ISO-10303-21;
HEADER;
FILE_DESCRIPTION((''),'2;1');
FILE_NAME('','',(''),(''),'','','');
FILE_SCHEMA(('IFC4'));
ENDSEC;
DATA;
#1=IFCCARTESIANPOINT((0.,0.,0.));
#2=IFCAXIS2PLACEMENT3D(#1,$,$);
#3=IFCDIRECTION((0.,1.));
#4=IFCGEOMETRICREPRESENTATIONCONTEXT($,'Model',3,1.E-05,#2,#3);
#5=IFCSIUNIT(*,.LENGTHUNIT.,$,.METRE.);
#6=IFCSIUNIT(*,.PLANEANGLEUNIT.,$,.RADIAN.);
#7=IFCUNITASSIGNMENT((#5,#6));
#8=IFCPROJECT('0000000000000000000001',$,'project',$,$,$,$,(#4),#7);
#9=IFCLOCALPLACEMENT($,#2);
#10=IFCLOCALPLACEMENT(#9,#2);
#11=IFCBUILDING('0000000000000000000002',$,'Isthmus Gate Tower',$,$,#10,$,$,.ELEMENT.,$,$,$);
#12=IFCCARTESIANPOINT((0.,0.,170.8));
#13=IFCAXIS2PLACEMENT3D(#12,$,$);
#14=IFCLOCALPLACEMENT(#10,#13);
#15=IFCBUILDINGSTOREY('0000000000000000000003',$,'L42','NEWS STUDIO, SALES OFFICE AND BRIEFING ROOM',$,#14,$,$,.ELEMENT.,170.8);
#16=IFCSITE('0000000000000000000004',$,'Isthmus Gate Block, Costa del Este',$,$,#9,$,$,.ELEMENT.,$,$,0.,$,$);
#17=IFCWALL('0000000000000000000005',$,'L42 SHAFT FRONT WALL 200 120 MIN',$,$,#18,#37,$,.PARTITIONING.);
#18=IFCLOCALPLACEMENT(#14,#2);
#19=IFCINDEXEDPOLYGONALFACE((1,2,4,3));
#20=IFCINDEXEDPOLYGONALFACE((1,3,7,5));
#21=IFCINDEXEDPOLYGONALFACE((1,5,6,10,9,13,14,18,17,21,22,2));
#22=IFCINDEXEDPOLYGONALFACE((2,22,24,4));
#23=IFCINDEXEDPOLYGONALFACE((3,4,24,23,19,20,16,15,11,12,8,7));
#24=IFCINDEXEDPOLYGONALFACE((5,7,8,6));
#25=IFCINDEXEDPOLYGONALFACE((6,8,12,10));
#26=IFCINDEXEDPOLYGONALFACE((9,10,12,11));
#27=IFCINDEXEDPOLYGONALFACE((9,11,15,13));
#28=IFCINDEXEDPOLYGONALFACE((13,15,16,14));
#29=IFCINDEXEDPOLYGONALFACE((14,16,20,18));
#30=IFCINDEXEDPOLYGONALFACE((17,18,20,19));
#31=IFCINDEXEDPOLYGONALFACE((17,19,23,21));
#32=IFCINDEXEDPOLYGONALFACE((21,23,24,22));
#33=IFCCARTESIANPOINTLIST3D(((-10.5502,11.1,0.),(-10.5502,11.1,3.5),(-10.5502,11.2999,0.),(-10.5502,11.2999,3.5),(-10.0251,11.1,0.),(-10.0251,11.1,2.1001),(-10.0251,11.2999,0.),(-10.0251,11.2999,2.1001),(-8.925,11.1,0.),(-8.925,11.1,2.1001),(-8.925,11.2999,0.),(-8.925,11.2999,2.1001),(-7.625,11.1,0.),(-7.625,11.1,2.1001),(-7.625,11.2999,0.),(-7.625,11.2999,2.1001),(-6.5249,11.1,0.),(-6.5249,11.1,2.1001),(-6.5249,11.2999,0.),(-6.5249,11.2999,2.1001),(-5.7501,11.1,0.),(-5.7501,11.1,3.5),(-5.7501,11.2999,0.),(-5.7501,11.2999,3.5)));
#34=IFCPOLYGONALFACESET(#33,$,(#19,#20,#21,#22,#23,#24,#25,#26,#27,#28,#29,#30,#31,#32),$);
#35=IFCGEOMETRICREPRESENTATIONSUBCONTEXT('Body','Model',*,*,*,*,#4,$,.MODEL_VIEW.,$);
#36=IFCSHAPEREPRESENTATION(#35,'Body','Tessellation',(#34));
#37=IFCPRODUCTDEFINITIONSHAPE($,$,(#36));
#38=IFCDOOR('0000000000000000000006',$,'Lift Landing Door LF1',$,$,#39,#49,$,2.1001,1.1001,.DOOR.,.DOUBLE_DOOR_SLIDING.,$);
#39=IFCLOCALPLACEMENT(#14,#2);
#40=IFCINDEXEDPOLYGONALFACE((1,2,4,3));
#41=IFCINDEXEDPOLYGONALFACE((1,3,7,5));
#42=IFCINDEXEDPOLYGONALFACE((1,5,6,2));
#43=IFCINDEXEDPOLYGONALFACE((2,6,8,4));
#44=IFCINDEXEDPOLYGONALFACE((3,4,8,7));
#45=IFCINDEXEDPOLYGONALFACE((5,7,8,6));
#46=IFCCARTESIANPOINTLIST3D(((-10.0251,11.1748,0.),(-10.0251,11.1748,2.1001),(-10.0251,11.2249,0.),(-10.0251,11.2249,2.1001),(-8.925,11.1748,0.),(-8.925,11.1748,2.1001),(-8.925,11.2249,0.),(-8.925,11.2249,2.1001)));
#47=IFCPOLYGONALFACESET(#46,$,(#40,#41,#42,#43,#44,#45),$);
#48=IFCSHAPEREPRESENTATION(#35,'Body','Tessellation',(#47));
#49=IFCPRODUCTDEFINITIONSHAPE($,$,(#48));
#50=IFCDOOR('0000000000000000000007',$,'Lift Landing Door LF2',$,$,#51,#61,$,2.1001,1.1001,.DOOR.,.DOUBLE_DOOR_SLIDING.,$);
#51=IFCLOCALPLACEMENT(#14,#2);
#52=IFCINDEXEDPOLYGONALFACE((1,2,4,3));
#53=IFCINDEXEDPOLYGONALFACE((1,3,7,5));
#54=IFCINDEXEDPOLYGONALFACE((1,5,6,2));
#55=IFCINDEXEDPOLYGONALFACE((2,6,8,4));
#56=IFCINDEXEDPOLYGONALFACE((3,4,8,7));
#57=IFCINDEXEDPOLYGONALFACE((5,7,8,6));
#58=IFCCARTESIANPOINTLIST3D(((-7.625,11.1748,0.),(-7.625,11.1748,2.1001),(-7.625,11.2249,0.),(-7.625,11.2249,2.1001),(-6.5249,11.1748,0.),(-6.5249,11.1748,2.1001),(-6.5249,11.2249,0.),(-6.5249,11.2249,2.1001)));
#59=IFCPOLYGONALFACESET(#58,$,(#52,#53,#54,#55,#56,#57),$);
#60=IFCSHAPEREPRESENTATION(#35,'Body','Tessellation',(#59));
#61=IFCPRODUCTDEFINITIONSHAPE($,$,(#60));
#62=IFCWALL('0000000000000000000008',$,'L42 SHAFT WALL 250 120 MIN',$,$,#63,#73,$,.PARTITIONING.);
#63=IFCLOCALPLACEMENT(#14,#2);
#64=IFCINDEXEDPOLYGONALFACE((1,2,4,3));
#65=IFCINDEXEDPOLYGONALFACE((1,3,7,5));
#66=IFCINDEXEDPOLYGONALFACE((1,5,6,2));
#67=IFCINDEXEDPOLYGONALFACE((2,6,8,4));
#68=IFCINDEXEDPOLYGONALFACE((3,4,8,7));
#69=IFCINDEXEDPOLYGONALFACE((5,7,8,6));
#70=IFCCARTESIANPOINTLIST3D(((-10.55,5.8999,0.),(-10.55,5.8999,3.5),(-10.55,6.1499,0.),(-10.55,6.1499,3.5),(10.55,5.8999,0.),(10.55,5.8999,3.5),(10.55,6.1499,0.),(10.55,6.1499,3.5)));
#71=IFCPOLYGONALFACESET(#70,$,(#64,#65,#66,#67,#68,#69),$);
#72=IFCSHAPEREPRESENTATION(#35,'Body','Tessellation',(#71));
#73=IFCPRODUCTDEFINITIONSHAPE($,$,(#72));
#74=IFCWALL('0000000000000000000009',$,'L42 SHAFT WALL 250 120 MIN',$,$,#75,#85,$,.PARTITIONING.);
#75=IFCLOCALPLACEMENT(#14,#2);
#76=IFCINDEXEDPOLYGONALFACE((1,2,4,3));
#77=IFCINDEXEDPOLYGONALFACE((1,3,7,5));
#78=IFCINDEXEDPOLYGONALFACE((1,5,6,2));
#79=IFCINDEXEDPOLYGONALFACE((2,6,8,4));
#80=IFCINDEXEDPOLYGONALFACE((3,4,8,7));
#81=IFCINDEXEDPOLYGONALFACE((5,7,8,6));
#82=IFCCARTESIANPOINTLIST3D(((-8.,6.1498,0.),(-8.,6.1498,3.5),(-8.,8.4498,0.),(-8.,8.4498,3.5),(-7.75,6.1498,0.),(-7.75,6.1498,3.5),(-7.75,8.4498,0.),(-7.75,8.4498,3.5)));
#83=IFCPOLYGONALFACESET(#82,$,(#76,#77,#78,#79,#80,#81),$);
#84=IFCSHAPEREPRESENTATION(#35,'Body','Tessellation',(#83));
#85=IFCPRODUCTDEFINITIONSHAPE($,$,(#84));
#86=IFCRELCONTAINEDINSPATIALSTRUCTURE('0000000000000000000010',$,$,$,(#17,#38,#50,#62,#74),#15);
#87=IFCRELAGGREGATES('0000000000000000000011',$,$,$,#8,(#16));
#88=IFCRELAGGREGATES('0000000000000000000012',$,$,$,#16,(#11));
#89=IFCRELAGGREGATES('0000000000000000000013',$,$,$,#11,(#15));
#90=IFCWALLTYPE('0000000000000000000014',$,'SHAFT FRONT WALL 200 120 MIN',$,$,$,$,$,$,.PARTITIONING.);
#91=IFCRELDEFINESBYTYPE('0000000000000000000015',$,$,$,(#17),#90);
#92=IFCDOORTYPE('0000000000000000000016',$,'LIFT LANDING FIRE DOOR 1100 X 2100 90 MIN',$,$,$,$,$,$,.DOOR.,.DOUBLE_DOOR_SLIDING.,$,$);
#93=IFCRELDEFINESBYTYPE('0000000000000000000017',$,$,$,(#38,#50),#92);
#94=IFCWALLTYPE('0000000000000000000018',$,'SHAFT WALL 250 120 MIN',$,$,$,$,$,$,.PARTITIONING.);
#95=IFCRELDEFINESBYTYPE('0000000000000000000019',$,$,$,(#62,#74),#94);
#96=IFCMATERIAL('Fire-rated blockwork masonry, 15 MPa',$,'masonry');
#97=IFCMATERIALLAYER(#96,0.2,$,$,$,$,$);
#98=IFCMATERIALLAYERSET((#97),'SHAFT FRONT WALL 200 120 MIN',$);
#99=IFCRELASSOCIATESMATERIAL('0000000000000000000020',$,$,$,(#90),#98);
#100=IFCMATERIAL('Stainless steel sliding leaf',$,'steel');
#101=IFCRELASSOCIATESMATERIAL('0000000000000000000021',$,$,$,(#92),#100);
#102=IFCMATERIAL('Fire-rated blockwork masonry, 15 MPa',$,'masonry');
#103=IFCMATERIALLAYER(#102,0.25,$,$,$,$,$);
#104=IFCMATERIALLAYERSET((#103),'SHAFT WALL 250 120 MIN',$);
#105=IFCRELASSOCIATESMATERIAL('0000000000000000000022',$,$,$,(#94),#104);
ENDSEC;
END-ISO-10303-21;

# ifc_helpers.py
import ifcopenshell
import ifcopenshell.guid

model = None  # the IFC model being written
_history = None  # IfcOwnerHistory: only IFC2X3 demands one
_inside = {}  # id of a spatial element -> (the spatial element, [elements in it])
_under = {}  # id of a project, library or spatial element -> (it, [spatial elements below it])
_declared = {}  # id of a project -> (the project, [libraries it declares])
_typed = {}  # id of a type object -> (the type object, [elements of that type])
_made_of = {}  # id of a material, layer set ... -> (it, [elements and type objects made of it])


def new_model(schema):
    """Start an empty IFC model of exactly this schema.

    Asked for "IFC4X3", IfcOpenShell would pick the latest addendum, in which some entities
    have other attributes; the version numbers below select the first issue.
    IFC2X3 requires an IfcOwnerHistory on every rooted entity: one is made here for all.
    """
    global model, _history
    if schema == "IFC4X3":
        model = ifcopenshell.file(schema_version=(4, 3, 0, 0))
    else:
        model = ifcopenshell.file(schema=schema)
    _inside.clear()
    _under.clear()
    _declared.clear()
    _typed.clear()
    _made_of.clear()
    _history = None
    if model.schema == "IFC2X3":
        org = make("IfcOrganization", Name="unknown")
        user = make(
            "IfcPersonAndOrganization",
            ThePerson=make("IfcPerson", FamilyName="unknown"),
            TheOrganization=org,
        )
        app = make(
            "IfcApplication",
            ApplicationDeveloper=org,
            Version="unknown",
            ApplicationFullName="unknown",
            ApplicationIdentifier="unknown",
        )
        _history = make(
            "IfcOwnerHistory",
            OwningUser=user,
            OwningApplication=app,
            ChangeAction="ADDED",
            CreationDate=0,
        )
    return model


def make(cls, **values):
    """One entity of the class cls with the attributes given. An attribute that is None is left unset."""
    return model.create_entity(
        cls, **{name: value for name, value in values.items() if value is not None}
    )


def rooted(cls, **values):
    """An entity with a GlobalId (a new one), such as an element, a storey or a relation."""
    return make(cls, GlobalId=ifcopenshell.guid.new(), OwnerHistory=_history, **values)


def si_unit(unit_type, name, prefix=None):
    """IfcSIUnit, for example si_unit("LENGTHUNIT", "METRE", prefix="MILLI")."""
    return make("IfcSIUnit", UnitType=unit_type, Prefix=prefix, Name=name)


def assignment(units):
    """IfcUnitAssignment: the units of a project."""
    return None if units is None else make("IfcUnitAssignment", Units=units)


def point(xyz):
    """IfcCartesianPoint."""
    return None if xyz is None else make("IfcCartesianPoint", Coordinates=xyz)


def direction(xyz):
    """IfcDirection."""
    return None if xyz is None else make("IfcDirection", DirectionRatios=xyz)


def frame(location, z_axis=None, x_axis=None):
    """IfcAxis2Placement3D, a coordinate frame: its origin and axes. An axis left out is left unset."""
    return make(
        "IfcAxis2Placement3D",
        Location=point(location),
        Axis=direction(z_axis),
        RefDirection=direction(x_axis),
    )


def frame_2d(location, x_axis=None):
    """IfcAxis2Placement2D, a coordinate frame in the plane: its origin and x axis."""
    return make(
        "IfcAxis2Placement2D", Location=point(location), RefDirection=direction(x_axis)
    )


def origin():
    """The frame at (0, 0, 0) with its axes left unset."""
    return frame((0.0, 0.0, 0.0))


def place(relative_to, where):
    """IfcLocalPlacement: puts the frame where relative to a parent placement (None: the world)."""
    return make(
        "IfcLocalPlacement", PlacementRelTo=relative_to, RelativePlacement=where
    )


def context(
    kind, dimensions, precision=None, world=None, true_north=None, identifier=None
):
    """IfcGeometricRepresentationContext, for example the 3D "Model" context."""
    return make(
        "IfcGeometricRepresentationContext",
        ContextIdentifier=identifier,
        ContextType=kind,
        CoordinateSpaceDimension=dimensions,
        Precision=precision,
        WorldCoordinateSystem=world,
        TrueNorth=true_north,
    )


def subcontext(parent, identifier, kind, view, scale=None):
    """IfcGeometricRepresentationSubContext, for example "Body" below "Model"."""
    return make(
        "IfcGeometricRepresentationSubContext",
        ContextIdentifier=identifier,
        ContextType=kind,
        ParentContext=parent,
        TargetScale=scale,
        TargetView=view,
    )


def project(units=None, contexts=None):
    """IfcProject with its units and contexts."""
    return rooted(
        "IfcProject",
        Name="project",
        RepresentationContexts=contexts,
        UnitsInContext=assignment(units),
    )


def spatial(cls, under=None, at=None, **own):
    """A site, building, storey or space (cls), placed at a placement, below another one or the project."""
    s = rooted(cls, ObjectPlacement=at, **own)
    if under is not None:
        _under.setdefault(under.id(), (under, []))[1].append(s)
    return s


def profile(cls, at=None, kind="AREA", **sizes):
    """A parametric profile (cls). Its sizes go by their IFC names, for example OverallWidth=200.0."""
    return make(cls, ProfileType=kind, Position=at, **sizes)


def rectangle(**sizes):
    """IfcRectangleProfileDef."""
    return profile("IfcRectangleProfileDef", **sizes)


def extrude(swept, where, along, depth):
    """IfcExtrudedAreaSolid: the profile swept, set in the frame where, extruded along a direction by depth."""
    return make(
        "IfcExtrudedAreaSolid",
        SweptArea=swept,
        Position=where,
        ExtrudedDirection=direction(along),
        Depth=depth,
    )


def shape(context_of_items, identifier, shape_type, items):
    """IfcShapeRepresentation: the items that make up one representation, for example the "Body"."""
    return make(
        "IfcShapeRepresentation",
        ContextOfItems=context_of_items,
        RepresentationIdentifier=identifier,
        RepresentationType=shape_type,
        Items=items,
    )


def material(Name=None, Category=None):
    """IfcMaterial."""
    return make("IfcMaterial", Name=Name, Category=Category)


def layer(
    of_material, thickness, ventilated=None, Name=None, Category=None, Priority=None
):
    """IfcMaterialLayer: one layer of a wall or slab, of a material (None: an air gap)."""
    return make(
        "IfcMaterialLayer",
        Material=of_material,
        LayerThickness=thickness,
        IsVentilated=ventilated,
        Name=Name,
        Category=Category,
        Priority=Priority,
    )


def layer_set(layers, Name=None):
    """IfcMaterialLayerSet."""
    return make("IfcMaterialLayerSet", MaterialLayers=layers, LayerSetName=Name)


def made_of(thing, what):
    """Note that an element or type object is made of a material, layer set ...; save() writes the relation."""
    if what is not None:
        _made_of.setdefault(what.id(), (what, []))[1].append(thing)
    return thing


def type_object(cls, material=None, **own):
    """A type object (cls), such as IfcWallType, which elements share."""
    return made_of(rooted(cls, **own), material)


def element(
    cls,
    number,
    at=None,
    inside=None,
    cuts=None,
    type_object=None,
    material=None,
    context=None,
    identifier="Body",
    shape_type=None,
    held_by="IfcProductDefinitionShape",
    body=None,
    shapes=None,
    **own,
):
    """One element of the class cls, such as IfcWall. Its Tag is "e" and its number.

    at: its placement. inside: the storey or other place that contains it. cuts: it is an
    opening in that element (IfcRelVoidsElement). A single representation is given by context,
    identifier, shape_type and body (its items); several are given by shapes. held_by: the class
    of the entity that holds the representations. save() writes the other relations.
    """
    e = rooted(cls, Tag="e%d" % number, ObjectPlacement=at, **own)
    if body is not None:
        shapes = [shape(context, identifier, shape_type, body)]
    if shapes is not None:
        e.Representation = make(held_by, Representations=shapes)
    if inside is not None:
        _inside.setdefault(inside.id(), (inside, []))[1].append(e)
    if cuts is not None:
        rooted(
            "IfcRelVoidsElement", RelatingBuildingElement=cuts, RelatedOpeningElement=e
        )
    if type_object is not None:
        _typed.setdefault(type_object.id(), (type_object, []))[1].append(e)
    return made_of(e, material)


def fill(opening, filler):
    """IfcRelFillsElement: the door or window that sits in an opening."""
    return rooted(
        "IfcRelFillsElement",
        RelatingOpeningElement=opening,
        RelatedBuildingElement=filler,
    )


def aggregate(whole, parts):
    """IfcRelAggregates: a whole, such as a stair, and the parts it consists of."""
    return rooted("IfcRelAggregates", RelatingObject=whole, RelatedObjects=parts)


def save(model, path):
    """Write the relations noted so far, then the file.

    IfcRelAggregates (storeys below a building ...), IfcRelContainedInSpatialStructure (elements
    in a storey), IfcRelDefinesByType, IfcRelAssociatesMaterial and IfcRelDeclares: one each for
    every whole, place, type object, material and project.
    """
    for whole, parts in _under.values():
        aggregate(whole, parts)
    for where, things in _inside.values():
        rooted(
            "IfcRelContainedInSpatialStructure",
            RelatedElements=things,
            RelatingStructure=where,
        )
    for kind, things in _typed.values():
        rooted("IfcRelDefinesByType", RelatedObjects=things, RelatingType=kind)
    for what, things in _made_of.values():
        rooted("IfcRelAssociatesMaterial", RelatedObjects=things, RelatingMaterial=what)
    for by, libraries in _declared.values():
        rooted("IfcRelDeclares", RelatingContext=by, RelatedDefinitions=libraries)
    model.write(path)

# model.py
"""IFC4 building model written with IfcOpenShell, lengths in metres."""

from ifc_helpers import new_model, si_unit, direction, frame, frame_2d, origin, place, context, subcontext, project, spatial, rectangle, extrude, material, layer, layer_set, type_object, element, fill, save


model = new_model("IFC4")

# Units and contexts
model_context = context("Model", 3, precision=1e-05, world=origin(), true_north=direction((0.0, 1.0)))
body_context = subcontext(model_context, "Body", "Model", "MODEL_VIEW")
ifc_project = project(units=[si_unit("LENGTHUNIT", "METRE"), si_unit("PLANEANGLEUNIT", "RADIAN")], contexts=[model_context])

# Site, building, storey
site_placement = place(None, origin())
site = spatial("IfcSite", under=ifc_project, at=site_placement, Name="Isthmus Gate Block, Costa del Este", CompositionType="ELEMENT", RefElevation=0.0)
building_placement = place(site_placement, origin())
building = spatial("IfcBuilding", under=site, at=building_placement, Name="Isthmus Gate Tower", CompositionType="ELEMENT")
storey_placement = place(building_placement, frame((0.0, 0.0, 170.8)))
storey = spatial("IfcBuildingStorey", under=building, at=storey_placement, Name="L42", Description="NEWS STUDIO, SALES OFFICE AND BRIEFING ROOM", CompositionType="ELEMENT", Elevation=170.8)

# Wall, openings, doors
ifc_material_1 = material(Name="Fire-rated blockwork masonry, 15 MPa", Category="masonry")
ifc_layer_1 = layer(ifc_material_1, 0.2)
ifc_layer_set_1 = layer_set([ifc_layer_1], Name="SHAFT FRONT WALL 200 120 MIN")
wall_type_1 = type_object("IfcWallType", Name="SHAFT FRONT WALL 200 120 MIN", PredefinedType="PARTITIONING", material=ifc_layer_set_1)
wall_1_placement = place(storey_placement, frame((-10.55, 11.2, 0.0), z_axis=(0.0, 0.0, 1.0), x_axis=(1.0, 0.0, 0.0)))
wall_1 = element("IfcWall", 1, at=wall_1_placement, inside=storey, type_object=wall_type_1, Name="L42 SHAFT FRONT WALL 200 120 MIN", PredefinedType="PARTITIONING", context=body_context, shape_type="SweptSolid", body=[
    extrude(rectangle(XDim=4.8, YDim=0.2, at=frame_2d((2.3999, 0.0))), origin(), (0.0, 0.0, 1.0), 3.5),
])
opening_1_placement = place(wall_1_placement, frame((0.5249, 0.0, 0.0)))
opening_1 = element("IfcOpeningElement", 2, at=opening_1_placement, cuts=wall_1, PredefinedType="OPENING", context=body_context, shape_type="SweptSolid", body=[
    extrude(rectangle(XDim=1.1001, YDim=2.1001, at=frame_2d((0.55, 1.05))), frame((0.0, 0.1099, 0.0), z_axis=(0.0, -1.0, 0.0), x_axis=(1.0, 0.0, 0.0)), (0.0, 0.0, 1.0), 0.22),
])
opening_2_placement = place(wall_1_placement, frame((2.925, 0.0, 0.0)))
opening_2 = element("IfcOpeningElement", 3, at=opening_2_placement, cuts=wall_1, PredefinedType="OPENING", context=body_context, shape_type="SweptSolid", body=[
    extrude(rectangle(XDim=1.1001, YDim=2.1001, at=frame_2d((0.55, 1.05))), frame((0.0, 0.1099, 0.0), z_axis=(0.0, -1.0, 0.0), x_axis=(1.0, 0.0, 0.0)), (0.0, 0.0, 1.0), 0.22),
])
ifc_material_2 = material(Name="Stainless steel sliding leaf", Category="steel")
door_type_1 = type_object("IfcDoorType", Name="LIFT LANDING FIRE DOOR 1100 X 2100 90 MIN", OperationType="DOUBLE_DOOR_SLIDING", PredefinedType="DOOR", material=ifc_material_2)
door_1_placement = place(opening_1_placement, origin())
door_1 = element("IfcDoor", 4, at=door_1_placement, inside=storey, type_object=door_type_1, Name="Lift Landing Door LF1", OperationType="DOUBLE_DOOR_SLIDING", OverallHeight=2.1001, OverallWidth=1.1001, PredefinedType="DOOR", context=body_context, shape_type="SweptSolid", body=[
    extrude(rectangle(XDim=1.1001, YDim=2.1001, at=frame_2d((0.55, 1.05))), frame((0.0, 0.0249, 0.0), z_axis=(0.0, -1.0, 0.0), x_axis=(1.0, 0.0, 0.0)), (0.0, 0.0, 1.0), 0.05),
])
fill(opening_1, door_1)
door_2_placement = place(opening_2_placement, origin())
door_2 = element("IfcDoor", 5, at=door_2_placement, inside=storey, type_object=door_type_1, Name="Lift Landing Door LF2", OperationType="DOUBLE_DOOR_SLIDING", OverallHeight=2.1001, OverallWidth=1.1001, PredefinedType="DOOR", context=body_context, shape_type="SweptSolid", body=[
    extrude(rectangle(XDim=1.1001, YDim=2.1001, at=frame_2d((0.55, 1.05))), frame((0.0, 0.0249, 0.0), z_axis=(0.0, -1.0, 0.0), x_axis=(1.0, 0.0, 0.0)), (0.0, 0.0, 1.0), 0.05),
])
fill(opening_2, door_2)

# Walls
ifc_material_3 = material(Name="Fire-rated blockwork masonry, 15 MPa", Category="masonry")
ifc_layer_2 = layer(ifc_material_3, 0.25)
ifc_layer_set_2 = layer_set([ifc_layer_2], Name="SHAFT WALL 250 120 MIN")
wall_type_2 = type_object("IfcWallType", Name="SHAFT WALL 250 120 MIN", PredefinedType="PARTITIONING", material=ifc_layer_set_2)
wall_2_placement = place(storey_placement, frame((-10.55, 6.0249, 0.0), z_axis=(0.0, 0.0, 1.0), x_axis=(1.0, 0.0, 0.0)))
element("IfcWall", 6, at=wall_2_placement, inside=storey, type_object=wall_type_2, Name="L42 SHAFT WALL 250 120 MIN", PredefinedType="PARTITIONING", context=body_context, shape_type="SweptSolid", body=[
    extrude(rectangle(XDim=21.1001, YDim=0.25, at=frame_2d((10.55, 0.0))), origin(), (0.0, 0.0, 1.0), 3.5),
])
wall_3_placement = place(storey_placement, frame((-7.875, 6.1499, 0.0), z_axis=(0.0, 0.0, 1.0), x_axis=(0.0, 1.0, 0.0)))
element("IfcWall", 7, at=wall_3_placement, inside=storey, type_object=wall_type_2, Name="L42 SHAFT WALL 250 120 MIN", PredefinedType="PARTITIONING", context=body_context, shape_type="SweptSolid", body=[
    extrude(rectangle(XDim=2.3, YDim=0.25, at=frame_2d((1.1499, 0.0))), origin(), (0.0, 0.0, 1.0), 3.5),
])

save(model, "model.ifc")
